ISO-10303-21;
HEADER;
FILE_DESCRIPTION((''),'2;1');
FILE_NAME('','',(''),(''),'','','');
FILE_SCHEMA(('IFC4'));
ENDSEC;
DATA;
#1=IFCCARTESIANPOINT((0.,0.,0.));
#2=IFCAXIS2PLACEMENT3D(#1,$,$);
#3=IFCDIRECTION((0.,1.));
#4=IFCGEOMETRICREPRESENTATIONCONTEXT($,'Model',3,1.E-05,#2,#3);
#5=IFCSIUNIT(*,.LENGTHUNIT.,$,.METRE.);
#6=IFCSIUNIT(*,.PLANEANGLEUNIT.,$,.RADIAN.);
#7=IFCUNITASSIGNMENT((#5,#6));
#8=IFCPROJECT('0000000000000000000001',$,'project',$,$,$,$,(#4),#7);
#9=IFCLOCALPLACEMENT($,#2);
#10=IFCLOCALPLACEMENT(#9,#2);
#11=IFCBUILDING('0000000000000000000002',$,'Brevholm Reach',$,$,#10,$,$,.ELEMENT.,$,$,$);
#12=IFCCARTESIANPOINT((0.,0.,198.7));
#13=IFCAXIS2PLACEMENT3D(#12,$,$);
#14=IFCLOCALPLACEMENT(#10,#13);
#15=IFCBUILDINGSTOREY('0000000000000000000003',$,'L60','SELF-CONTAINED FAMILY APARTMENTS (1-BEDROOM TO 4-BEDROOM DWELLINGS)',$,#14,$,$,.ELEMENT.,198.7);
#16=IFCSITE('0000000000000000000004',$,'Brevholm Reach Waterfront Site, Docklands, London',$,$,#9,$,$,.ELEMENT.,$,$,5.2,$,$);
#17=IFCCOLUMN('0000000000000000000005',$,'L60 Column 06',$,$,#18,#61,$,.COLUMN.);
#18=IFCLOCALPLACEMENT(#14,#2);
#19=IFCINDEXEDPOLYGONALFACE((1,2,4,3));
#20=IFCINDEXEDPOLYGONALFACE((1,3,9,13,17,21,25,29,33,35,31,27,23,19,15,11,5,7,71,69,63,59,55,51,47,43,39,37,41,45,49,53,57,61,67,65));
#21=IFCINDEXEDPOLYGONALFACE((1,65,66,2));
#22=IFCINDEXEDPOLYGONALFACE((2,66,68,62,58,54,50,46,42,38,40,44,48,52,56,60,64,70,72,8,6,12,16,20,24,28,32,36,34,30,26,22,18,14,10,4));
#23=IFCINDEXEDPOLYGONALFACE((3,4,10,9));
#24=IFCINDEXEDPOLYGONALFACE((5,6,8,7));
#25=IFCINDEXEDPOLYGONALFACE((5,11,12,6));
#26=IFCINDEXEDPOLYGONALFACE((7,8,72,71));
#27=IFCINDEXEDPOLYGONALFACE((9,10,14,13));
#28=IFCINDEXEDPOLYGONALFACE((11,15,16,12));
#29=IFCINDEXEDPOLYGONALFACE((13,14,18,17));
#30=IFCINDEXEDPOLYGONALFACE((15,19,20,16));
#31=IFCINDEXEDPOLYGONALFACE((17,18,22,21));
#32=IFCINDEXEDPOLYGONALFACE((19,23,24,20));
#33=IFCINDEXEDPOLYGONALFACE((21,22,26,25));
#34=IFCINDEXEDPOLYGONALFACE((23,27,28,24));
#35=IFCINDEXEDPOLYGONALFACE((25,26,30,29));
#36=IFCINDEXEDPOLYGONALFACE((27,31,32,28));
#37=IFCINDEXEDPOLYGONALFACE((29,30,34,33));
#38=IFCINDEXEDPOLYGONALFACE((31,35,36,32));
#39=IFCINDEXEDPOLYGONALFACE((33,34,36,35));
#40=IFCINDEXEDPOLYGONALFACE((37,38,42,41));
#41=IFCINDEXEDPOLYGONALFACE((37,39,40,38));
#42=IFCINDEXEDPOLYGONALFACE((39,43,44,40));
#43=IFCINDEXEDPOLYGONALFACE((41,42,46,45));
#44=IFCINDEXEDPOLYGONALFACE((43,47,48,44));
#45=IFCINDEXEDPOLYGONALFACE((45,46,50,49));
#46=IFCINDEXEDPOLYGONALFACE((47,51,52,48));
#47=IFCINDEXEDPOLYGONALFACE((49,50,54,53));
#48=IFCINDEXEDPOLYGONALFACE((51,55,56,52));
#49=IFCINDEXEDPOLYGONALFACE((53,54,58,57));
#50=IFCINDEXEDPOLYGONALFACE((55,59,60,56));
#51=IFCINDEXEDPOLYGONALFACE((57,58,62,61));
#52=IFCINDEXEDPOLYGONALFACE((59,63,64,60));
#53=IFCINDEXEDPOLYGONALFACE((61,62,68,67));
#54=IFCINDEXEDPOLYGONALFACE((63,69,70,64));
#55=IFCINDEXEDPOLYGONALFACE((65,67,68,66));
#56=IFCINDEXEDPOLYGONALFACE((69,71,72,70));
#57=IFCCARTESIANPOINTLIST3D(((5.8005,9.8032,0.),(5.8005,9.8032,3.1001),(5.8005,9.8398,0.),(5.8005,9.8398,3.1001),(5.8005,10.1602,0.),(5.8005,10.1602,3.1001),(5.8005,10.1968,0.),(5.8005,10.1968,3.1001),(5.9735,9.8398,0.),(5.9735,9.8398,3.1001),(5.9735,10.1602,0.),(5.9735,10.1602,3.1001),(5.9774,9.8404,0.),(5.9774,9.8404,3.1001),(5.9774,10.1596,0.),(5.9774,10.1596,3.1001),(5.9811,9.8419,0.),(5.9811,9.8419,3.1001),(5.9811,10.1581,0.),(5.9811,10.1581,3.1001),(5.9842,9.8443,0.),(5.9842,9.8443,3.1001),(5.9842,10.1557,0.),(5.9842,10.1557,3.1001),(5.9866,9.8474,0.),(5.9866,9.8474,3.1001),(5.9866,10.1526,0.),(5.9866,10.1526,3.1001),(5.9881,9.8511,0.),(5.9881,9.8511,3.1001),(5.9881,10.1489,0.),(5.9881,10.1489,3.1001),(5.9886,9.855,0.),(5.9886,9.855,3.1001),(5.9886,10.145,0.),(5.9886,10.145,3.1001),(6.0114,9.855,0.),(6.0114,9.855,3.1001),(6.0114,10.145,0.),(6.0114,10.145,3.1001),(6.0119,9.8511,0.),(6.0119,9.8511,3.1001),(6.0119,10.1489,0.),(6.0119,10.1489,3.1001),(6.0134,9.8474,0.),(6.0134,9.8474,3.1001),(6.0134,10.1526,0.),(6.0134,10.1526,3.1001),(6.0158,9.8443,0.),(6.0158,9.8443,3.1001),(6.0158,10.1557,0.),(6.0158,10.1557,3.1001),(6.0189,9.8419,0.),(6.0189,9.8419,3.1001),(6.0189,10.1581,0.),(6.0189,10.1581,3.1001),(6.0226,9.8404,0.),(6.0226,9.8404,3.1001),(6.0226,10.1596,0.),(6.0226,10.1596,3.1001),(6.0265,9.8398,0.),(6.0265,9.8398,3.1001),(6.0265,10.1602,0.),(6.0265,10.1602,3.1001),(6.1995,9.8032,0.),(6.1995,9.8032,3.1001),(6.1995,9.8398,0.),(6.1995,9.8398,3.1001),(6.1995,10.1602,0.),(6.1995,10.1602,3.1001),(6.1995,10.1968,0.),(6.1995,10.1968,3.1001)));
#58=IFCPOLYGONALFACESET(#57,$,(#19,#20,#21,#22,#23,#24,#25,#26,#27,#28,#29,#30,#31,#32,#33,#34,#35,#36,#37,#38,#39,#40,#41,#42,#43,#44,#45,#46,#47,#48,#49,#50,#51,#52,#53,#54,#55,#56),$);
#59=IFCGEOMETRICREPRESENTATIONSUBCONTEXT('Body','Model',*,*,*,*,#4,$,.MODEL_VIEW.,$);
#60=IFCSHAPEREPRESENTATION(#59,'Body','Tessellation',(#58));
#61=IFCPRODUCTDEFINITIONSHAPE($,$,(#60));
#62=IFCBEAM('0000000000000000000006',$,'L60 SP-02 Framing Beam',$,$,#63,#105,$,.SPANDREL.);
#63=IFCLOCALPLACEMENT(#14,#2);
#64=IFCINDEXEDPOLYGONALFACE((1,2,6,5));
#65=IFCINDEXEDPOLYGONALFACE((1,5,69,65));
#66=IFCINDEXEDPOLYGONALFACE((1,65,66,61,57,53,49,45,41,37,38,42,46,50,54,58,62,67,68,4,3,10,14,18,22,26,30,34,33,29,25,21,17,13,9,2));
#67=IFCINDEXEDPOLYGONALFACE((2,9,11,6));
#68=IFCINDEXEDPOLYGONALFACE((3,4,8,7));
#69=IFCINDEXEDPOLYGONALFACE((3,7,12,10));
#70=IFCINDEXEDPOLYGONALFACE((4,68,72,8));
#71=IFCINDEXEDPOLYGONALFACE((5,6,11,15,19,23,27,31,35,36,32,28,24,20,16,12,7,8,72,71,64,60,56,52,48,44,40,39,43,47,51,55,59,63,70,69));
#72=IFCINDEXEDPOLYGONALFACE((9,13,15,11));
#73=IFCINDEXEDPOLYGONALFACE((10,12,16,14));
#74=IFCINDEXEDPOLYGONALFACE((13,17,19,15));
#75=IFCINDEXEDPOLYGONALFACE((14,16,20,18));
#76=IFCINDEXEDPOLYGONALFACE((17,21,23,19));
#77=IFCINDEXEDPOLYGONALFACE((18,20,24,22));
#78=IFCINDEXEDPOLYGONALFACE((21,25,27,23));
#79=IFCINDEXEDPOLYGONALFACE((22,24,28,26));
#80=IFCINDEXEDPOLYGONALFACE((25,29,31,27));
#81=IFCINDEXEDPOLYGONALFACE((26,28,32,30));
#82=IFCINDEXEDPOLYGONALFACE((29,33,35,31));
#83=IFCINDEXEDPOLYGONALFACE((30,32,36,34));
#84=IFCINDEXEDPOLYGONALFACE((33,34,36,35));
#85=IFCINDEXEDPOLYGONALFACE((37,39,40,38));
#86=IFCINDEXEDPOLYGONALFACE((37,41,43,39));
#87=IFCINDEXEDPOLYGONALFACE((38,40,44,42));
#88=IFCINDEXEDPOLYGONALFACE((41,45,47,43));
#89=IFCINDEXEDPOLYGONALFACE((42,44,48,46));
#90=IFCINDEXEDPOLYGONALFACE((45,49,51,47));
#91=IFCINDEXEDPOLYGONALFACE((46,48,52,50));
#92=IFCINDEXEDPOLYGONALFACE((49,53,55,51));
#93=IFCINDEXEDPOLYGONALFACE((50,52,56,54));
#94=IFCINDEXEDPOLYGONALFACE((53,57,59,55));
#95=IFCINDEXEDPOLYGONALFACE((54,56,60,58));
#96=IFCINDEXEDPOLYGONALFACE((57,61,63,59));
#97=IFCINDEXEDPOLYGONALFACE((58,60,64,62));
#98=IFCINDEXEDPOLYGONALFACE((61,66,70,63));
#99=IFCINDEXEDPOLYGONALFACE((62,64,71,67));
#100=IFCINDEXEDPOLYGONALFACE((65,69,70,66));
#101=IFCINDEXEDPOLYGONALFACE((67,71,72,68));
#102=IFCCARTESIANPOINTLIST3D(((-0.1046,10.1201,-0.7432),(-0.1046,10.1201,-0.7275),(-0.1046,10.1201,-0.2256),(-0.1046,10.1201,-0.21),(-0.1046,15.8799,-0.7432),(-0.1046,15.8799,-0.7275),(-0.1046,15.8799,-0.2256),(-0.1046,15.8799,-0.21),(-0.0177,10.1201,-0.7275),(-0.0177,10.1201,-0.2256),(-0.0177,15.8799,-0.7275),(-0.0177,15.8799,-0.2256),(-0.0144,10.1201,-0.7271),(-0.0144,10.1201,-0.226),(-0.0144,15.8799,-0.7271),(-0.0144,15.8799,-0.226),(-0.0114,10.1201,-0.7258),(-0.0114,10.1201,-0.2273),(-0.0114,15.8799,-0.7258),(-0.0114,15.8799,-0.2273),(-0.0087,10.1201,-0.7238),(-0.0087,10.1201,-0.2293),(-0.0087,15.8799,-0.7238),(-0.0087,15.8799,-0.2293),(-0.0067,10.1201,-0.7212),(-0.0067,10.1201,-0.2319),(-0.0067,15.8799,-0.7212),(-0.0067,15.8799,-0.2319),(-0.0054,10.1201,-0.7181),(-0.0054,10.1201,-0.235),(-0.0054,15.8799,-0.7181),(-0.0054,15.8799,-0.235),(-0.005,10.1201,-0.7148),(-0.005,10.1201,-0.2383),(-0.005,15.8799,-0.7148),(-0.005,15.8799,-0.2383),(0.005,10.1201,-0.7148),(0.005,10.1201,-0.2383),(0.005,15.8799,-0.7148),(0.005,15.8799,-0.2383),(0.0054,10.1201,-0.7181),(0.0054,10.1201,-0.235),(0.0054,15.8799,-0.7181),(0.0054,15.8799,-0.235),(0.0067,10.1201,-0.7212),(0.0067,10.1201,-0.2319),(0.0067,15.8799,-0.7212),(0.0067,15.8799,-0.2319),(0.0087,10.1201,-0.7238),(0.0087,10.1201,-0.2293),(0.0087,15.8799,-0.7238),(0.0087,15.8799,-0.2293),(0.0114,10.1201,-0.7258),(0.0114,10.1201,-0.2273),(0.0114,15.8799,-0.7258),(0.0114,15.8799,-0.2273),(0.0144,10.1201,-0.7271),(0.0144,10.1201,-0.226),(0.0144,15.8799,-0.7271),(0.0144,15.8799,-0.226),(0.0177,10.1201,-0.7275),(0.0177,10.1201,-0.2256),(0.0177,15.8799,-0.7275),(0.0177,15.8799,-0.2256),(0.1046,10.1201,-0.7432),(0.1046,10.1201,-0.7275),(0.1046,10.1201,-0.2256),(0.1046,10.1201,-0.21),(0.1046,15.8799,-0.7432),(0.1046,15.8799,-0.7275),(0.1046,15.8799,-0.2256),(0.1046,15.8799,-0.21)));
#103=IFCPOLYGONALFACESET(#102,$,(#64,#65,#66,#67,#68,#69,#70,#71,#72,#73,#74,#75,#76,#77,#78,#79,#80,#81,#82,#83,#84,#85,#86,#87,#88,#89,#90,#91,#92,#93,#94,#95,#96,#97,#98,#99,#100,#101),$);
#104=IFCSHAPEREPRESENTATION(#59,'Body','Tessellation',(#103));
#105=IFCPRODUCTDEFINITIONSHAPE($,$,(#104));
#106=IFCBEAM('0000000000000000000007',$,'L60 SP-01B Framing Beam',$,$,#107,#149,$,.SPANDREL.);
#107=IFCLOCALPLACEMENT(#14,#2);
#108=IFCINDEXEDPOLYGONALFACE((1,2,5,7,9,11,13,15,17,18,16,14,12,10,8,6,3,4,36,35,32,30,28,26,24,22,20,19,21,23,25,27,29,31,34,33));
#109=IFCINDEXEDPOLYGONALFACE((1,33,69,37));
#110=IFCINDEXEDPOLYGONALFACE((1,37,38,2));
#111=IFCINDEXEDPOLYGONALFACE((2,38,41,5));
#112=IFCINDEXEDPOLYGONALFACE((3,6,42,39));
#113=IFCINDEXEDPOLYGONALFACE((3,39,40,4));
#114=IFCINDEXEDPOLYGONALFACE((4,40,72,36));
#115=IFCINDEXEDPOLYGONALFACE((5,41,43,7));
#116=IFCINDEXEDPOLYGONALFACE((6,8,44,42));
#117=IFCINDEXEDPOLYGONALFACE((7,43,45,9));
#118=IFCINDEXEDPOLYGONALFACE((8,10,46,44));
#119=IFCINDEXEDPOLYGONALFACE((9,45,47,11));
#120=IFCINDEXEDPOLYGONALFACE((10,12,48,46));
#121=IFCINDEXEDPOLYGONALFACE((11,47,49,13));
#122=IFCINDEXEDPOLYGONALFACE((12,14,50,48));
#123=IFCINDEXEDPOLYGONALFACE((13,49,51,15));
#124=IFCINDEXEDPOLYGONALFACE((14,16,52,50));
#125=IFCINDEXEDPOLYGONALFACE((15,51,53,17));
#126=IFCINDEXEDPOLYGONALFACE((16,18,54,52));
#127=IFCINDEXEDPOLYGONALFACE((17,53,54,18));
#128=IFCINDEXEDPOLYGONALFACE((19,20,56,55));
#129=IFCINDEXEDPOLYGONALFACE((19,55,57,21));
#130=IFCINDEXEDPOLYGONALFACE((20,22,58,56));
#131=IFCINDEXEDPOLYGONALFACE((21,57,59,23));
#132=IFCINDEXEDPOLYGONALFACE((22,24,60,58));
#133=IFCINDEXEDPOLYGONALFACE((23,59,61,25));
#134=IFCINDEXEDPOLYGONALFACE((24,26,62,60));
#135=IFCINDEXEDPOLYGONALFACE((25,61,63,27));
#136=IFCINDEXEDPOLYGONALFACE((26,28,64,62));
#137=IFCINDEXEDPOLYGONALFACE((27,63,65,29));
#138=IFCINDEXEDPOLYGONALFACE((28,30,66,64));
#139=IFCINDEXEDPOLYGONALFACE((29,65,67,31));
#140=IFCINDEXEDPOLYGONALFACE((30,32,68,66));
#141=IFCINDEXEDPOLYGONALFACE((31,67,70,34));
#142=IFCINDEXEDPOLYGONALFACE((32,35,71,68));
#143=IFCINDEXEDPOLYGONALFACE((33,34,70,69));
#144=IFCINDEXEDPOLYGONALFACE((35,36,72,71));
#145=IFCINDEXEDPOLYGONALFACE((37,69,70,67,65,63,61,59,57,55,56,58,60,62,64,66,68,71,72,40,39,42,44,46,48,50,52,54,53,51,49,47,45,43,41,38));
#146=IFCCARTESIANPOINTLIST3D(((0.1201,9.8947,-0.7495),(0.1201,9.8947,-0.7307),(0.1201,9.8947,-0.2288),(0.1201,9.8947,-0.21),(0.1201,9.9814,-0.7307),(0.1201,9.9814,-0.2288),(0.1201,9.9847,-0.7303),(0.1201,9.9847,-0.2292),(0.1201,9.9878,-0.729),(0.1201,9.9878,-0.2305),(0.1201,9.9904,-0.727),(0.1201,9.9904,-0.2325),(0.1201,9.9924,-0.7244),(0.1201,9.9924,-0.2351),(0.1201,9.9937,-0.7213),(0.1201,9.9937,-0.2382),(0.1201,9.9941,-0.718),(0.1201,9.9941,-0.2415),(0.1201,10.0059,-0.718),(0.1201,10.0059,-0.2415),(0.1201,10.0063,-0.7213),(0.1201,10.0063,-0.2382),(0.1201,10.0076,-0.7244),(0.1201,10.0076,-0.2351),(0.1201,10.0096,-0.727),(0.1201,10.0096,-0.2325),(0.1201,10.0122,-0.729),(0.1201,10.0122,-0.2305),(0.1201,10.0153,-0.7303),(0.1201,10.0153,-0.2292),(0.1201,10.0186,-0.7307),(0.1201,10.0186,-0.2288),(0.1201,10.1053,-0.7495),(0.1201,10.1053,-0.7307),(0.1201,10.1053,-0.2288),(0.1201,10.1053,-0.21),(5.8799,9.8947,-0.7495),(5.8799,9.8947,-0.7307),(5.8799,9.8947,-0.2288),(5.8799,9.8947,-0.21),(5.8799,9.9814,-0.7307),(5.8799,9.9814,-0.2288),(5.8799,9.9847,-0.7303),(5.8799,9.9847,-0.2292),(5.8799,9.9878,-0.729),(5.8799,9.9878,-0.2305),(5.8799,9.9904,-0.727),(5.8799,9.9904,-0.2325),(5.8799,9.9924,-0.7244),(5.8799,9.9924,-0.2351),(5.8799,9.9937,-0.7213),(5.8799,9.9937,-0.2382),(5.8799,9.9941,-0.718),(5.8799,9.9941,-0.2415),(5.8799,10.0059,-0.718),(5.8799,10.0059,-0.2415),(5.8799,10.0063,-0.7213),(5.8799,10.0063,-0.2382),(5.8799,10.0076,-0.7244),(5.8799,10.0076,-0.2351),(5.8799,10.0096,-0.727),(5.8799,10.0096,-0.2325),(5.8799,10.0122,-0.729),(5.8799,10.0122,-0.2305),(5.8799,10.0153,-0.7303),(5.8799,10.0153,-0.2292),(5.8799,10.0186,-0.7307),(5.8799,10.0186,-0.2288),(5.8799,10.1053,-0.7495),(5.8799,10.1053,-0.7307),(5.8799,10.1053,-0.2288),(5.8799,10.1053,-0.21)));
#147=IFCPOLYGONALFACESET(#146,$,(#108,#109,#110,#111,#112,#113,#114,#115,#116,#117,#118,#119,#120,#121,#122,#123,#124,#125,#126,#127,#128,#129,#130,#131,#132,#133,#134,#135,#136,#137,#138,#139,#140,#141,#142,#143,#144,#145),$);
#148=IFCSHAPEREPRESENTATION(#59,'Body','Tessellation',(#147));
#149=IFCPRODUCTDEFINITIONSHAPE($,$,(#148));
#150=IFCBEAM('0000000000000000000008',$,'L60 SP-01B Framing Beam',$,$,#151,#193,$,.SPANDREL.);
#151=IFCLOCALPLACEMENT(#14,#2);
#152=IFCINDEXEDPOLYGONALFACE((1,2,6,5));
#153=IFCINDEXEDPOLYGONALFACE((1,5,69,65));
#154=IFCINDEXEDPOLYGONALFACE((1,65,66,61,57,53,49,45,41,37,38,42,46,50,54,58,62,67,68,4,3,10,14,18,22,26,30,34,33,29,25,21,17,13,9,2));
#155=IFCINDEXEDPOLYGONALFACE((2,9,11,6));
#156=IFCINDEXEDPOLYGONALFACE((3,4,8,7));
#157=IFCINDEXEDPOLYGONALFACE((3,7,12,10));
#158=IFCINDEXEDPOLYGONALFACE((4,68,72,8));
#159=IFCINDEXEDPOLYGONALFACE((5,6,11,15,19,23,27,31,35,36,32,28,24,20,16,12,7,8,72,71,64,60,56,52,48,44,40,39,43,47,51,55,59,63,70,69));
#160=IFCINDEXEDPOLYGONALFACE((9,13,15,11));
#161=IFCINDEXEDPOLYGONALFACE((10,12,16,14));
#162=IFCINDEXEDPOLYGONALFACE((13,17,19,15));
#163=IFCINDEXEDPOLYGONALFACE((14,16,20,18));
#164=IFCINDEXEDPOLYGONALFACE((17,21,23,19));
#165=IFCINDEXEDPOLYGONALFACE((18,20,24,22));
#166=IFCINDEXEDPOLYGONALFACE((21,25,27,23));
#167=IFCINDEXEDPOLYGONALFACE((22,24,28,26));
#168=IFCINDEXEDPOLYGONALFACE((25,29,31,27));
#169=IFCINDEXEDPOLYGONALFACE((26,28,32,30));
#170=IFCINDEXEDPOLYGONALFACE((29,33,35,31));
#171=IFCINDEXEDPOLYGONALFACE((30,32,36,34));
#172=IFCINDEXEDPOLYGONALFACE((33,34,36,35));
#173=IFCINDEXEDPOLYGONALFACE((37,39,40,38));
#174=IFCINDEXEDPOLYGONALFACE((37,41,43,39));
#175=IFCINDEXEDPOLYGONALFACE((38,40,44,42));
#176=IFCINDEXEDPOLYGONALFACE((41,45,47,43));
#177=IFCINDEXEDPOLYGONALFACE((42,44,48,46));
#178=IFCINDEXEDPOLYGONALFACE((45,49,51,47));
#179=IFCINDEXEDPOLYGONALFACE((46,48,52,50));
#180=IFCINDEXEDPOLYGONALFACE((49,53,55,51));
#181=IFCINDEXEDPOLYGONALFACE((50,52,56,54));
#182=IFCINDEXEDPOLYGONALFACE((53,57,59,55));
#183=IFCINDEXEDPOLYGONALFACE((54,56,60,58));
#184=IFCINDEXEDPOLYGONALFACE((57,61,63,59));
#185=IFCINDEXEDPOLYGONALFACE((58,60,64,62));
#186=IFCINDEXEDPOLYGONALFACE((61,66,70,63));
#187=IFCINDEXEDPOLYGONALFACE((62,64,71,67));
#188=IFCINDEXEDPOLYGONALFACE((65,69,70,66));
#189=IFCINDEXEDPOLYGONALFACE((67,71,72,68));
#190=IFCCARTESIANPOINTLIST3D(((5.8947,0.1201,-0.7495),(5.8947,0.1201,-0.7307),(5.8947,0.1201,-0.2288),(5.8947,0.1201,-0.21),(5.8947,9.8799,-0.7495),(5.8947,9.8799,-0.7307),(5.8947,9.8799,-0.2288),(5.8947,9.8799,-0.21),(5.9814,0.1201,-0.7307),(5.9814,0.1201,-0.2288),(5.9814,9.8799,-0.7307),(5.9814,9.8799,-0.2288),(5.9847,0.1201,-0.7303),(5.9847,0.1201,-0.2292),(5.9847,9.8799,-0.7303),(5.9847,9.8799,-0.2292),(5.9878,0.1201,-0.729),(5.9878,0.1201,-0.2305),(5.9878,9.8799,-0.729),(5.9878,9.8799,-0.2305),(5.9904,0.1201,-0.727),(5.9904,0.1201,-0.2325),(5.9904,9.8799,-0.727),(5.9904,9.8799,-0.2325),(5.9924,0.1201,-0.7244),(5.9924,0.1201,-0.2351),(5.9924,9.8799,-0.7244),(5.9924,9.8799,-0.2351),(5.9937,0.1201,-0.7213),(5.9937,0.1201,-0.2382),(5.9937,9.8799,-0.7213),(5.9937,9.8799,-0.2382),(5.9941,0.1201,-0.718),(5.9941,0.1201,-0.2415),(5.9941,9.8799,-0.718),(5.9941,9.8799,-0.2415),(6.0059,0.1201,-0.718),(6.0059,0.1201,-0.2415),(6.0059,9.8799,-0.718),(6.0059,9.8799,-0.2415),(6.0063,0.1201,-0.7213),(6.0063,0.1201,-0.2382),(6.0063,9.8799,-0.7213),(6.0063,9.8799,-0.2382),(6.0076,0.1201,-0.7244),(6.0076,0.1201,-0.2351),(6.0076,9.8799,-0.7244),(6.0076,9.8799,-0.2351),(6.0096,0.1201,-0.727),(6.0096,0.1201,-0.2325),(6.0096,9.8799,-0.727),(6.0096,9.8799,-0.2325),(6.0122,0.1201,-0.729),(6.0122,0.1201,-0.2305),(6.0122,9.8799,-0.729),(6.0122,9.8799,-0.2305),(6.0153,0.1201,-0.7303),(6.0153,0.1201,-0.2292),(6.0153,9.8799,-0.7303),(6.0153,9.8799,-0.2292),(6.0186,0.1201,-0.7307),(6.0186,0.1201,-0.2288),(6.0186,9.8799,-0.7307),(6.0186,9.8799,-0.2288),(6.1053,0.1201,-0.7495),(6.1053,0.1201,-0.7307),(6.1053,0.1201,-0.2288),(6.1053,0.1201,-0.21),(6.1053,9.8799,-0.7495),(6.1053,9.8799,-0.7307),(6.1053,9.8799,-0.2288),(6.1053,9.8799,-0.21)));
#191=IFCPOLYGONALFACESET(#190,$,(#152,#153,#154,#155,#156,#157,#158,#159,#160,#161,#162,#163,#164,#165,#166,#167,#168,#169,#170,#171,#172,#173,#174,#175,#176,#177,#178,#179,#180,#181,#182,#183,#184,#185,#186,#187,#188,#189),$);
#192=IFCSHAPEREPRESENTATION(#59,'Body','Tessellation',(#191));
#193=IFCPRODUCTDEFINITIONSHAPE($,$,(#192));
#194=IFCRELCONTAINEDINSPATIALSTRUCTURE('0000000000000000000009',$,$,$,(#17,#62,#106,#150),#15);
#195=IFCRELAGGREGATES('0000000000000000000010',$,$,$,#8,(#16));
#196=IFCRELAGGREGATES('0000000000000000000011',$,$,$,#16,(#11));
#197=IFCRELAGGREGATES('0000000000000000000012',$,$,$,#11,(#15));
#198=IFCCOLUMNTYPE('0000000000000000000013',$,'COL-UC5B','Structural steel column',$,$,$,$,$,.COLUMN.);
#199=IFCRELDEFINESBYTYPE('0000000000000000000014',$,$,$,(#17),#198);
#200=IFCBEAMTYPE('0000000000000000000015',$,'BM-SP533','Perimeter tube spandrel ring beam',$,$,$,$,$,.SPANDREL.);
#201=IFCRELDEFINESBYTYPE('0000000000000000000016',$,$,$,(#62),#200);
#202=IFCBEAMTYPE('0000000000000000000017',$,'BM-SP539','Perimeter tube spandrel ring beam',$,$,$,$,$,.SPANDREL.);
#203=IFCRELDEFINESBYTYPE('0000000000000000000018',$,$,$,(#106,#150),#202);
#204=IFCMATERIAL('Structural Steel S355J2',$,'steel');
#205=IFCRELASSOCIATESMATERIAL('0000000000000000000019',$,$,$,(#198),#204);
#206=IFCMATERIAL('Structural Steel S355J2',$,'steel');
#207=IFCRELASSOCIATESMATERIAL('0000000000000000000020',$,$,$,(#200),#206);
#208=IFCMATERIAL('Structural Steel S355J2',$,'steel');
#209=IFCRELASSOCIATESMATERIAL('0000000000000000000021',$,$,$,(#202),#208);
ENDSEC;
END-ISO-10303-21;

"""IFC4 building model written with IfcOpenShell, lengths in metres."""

from ifc_helpers import new_model, si_unit, direction, frame, origin, origin_2d, place, context, subcontext, project, spatial, i_section, extrude, material, material_profile, profile_set, type_object, element, save


model = new_model("IFC4")

# Units and contexts
model_context = context("Model", 3, precision=1e-05, world=origin(), true_north=direction((0.0, 1.0)))
body_context = subcontext(model_context, "Body", "Model", "MODEL_VIEW")
ifc_project = project(units=[si_unit("LENGTHUNIT", "METRE"), si_unit("PLANEANGLEUNIT", "RADIAN")], contexts=[model_context])

# Site, building, storey
site_placement = place(None, origin())
site = spatial("IfcSite", under=ifc_project, at=site_placement, Name="Brevholm Reach Waterfront Site, Docklands, London", CompositionType="ELEMENT", RefElevation=5.2)
building_placement = place(site_placement, origin())
building = spatial("IfcBuilding", under=site, at=building_placement, Name="Brevholm Reach", CompositionType="ELEMENT")
storey_placement = place(building_placement, frame((0.0, 0.0, 198.7)))
storey = spatial("IfcBuildingStorey", under=building, at=storey_placement, Name="L60", Description="SELF-CONTAINED FAMILY APARTMENTS (1-BEDROOM TO 4-BEDROOM DWELLINGS)", CompositionType="ELEMENT", Elevation=198.7)

# Column
ifc_material_1 = material(Name="Structural Steel S355J2", Category="steel")
ifc_material_profile_1 = material_profile(ifc_material_1, i_section(OverallWidth=0.3989, OverallDepth=0.3936, WebThickness=0.0227, FlangeThickness=0.0366, FilletRadius=0.0151, at=origin_2d()), Name="UKC 356x406x287")
ifc_profile_set_1 = profile_set([ifc_material_profile_1], Name="Structural Steel S355J2")
column_type_1 = type_object("IfcColumnType", Name="COL-UC5B", Description="Structural steel column", PredefinedType="COLUMN", material=ifc_profile_set_1)
for number, where, z_axis, x_axis, name in (
    (1, (6.0, 10.0, 0.0), (0.0, 0.0, 1.0), (1.0, 0.0, 0.0), "L60 Column 06"),
):
    element("IfcColumn", number, at=place(storey_placement, frame(where, z_axis=z_axis, x_axis=x_axis)), inside=storey, type_object=column_type_1, Name=name, PredefinedType="COLUMN", context=body_context, shape_type="SweptSolid", body=[
        extrude(i_section(OverallWidth=0.3989, OverallDepth=0.3936, WebThickness=0.0227, FlangeThickness=0.0366, FilletRadius=0.0151, at=origin_2d()), origin(), (0.0, 0.0, 1.0), 3.1001),
    ])

# Beams
ifc_material_2 = material(Name="Structural Steel S355J2", Category="steel")
ifc_material_profile_2 = material_profile(ifc_material_2, i_section(OverallWidth=0.2092, OverallDepth=0.5332, WebThickness=0.01, FlangeThickness=0.0156, FilletRadius=0.0127, at=origin_2d()), Name="UKB 533x210x92")
ifc_profile_set_2 = profile_set([ifc_material_profile_2], Name="Structural Steel S355J2")
beam_type_1 = type_object("IfcBeamType", Name="BM-SP533", Description="Perimeter tube spandrel ring beam", PredefinedType="SPANDREL", material=ifc_profile_set_2)
beam_1_placement = place(storey_placement, frame((0.0, 10.1201, -0.4766), z_axis=(0.0, 1.0, 0.0), x_axis=(-1.0, 0.0, 0.0)))
element("IfcBeam", 2, at=beam_1_placement, inside=storey, type_object=beam_type_1, Name="L60 SP-02 Framing Beam", PredefinedType="SPANDREL", context=body_context, shape_type="SweptSolid", body=[
    extrude(i_section(OverallWidth=0.2092, OverallDepth=0.5332, WebThickness=0.01, FlangeThickness=0.0156, FilletRadius=0.0127, at=origin_2d()), origin(), (0.0, 0.0, 1.0), 5.7598),
])
ifc_material_3 = material(Name="Structural Steel S355J2", Category="steel")
ifc_material_profile_3 = material_profile(ifc_material_3, i_section(OverallWidth=0.2107, OverallDepth=0.5396, WebThickness=0.0117, FlangeThickness=0.0188, FilletRadius=0.0127, at=origin_2d()), Name="UKB 533x210x109")
ifc_profile_set_3 = profile_set([ifc_material_profile_3], Name="Structural Steel S355J2")
beam_type_2 = type_object("IfcBeamType", Name="BM-SP539", Description="Perimeter tube spandrel ring beam", PredefinedType="SPANDREL", material=ifc_profile_set_3)
beam_2_placement = place(storey_placement, frame((0.1201, 10.0, -0.4797), z_axis=(1.0, 0.0, 0.0), x_axis=(0.0, 1.0, 0.0)))
element("IfcBeam", 3, at=beam_2_placement, inside=storey, type_object=beam_type_2, Name="L60 SP-01B Framing Beam", PredefinedType="SPANDREL", context=body_context, shape_type="SweptSolid", body=[
    extrude(i_section(OverallWidth=0.2107, OverallDepth=0.5396, WebThickness=0.0117, FlangeThickness=0.0188, FilletRadius=0.0127, at=origin_2d()), origin(), (0.0, 0.0, 1.0), 5.7598),
])
beam_3_placement = place(storey_placement, frame((6.0, 0.1201, -0.4797), z_axis=(0.0, 1.0, 0.0), x_axis=(-1.0, 0.0, 0.0)))
element("IfcBeam", 4, at=beam_3_placement, inside=storey, type_object=beam_type_2, Name="L60 SP-01B Framing Beam", PredefinedType="SPANDREL", context=body_context, shape_type="SweptSolid", body=[
    extrude(i_section(OverallWidth=0.2107, OverallDepth=0.5396, WebThickness=0.0117, FlangeThickness=0.0188, FilletRadius=0.0127, at=origin_2d()), origin(), (0.0, 0.0, 1.0), 9.7598),
])

save(model, "model.ifc")
